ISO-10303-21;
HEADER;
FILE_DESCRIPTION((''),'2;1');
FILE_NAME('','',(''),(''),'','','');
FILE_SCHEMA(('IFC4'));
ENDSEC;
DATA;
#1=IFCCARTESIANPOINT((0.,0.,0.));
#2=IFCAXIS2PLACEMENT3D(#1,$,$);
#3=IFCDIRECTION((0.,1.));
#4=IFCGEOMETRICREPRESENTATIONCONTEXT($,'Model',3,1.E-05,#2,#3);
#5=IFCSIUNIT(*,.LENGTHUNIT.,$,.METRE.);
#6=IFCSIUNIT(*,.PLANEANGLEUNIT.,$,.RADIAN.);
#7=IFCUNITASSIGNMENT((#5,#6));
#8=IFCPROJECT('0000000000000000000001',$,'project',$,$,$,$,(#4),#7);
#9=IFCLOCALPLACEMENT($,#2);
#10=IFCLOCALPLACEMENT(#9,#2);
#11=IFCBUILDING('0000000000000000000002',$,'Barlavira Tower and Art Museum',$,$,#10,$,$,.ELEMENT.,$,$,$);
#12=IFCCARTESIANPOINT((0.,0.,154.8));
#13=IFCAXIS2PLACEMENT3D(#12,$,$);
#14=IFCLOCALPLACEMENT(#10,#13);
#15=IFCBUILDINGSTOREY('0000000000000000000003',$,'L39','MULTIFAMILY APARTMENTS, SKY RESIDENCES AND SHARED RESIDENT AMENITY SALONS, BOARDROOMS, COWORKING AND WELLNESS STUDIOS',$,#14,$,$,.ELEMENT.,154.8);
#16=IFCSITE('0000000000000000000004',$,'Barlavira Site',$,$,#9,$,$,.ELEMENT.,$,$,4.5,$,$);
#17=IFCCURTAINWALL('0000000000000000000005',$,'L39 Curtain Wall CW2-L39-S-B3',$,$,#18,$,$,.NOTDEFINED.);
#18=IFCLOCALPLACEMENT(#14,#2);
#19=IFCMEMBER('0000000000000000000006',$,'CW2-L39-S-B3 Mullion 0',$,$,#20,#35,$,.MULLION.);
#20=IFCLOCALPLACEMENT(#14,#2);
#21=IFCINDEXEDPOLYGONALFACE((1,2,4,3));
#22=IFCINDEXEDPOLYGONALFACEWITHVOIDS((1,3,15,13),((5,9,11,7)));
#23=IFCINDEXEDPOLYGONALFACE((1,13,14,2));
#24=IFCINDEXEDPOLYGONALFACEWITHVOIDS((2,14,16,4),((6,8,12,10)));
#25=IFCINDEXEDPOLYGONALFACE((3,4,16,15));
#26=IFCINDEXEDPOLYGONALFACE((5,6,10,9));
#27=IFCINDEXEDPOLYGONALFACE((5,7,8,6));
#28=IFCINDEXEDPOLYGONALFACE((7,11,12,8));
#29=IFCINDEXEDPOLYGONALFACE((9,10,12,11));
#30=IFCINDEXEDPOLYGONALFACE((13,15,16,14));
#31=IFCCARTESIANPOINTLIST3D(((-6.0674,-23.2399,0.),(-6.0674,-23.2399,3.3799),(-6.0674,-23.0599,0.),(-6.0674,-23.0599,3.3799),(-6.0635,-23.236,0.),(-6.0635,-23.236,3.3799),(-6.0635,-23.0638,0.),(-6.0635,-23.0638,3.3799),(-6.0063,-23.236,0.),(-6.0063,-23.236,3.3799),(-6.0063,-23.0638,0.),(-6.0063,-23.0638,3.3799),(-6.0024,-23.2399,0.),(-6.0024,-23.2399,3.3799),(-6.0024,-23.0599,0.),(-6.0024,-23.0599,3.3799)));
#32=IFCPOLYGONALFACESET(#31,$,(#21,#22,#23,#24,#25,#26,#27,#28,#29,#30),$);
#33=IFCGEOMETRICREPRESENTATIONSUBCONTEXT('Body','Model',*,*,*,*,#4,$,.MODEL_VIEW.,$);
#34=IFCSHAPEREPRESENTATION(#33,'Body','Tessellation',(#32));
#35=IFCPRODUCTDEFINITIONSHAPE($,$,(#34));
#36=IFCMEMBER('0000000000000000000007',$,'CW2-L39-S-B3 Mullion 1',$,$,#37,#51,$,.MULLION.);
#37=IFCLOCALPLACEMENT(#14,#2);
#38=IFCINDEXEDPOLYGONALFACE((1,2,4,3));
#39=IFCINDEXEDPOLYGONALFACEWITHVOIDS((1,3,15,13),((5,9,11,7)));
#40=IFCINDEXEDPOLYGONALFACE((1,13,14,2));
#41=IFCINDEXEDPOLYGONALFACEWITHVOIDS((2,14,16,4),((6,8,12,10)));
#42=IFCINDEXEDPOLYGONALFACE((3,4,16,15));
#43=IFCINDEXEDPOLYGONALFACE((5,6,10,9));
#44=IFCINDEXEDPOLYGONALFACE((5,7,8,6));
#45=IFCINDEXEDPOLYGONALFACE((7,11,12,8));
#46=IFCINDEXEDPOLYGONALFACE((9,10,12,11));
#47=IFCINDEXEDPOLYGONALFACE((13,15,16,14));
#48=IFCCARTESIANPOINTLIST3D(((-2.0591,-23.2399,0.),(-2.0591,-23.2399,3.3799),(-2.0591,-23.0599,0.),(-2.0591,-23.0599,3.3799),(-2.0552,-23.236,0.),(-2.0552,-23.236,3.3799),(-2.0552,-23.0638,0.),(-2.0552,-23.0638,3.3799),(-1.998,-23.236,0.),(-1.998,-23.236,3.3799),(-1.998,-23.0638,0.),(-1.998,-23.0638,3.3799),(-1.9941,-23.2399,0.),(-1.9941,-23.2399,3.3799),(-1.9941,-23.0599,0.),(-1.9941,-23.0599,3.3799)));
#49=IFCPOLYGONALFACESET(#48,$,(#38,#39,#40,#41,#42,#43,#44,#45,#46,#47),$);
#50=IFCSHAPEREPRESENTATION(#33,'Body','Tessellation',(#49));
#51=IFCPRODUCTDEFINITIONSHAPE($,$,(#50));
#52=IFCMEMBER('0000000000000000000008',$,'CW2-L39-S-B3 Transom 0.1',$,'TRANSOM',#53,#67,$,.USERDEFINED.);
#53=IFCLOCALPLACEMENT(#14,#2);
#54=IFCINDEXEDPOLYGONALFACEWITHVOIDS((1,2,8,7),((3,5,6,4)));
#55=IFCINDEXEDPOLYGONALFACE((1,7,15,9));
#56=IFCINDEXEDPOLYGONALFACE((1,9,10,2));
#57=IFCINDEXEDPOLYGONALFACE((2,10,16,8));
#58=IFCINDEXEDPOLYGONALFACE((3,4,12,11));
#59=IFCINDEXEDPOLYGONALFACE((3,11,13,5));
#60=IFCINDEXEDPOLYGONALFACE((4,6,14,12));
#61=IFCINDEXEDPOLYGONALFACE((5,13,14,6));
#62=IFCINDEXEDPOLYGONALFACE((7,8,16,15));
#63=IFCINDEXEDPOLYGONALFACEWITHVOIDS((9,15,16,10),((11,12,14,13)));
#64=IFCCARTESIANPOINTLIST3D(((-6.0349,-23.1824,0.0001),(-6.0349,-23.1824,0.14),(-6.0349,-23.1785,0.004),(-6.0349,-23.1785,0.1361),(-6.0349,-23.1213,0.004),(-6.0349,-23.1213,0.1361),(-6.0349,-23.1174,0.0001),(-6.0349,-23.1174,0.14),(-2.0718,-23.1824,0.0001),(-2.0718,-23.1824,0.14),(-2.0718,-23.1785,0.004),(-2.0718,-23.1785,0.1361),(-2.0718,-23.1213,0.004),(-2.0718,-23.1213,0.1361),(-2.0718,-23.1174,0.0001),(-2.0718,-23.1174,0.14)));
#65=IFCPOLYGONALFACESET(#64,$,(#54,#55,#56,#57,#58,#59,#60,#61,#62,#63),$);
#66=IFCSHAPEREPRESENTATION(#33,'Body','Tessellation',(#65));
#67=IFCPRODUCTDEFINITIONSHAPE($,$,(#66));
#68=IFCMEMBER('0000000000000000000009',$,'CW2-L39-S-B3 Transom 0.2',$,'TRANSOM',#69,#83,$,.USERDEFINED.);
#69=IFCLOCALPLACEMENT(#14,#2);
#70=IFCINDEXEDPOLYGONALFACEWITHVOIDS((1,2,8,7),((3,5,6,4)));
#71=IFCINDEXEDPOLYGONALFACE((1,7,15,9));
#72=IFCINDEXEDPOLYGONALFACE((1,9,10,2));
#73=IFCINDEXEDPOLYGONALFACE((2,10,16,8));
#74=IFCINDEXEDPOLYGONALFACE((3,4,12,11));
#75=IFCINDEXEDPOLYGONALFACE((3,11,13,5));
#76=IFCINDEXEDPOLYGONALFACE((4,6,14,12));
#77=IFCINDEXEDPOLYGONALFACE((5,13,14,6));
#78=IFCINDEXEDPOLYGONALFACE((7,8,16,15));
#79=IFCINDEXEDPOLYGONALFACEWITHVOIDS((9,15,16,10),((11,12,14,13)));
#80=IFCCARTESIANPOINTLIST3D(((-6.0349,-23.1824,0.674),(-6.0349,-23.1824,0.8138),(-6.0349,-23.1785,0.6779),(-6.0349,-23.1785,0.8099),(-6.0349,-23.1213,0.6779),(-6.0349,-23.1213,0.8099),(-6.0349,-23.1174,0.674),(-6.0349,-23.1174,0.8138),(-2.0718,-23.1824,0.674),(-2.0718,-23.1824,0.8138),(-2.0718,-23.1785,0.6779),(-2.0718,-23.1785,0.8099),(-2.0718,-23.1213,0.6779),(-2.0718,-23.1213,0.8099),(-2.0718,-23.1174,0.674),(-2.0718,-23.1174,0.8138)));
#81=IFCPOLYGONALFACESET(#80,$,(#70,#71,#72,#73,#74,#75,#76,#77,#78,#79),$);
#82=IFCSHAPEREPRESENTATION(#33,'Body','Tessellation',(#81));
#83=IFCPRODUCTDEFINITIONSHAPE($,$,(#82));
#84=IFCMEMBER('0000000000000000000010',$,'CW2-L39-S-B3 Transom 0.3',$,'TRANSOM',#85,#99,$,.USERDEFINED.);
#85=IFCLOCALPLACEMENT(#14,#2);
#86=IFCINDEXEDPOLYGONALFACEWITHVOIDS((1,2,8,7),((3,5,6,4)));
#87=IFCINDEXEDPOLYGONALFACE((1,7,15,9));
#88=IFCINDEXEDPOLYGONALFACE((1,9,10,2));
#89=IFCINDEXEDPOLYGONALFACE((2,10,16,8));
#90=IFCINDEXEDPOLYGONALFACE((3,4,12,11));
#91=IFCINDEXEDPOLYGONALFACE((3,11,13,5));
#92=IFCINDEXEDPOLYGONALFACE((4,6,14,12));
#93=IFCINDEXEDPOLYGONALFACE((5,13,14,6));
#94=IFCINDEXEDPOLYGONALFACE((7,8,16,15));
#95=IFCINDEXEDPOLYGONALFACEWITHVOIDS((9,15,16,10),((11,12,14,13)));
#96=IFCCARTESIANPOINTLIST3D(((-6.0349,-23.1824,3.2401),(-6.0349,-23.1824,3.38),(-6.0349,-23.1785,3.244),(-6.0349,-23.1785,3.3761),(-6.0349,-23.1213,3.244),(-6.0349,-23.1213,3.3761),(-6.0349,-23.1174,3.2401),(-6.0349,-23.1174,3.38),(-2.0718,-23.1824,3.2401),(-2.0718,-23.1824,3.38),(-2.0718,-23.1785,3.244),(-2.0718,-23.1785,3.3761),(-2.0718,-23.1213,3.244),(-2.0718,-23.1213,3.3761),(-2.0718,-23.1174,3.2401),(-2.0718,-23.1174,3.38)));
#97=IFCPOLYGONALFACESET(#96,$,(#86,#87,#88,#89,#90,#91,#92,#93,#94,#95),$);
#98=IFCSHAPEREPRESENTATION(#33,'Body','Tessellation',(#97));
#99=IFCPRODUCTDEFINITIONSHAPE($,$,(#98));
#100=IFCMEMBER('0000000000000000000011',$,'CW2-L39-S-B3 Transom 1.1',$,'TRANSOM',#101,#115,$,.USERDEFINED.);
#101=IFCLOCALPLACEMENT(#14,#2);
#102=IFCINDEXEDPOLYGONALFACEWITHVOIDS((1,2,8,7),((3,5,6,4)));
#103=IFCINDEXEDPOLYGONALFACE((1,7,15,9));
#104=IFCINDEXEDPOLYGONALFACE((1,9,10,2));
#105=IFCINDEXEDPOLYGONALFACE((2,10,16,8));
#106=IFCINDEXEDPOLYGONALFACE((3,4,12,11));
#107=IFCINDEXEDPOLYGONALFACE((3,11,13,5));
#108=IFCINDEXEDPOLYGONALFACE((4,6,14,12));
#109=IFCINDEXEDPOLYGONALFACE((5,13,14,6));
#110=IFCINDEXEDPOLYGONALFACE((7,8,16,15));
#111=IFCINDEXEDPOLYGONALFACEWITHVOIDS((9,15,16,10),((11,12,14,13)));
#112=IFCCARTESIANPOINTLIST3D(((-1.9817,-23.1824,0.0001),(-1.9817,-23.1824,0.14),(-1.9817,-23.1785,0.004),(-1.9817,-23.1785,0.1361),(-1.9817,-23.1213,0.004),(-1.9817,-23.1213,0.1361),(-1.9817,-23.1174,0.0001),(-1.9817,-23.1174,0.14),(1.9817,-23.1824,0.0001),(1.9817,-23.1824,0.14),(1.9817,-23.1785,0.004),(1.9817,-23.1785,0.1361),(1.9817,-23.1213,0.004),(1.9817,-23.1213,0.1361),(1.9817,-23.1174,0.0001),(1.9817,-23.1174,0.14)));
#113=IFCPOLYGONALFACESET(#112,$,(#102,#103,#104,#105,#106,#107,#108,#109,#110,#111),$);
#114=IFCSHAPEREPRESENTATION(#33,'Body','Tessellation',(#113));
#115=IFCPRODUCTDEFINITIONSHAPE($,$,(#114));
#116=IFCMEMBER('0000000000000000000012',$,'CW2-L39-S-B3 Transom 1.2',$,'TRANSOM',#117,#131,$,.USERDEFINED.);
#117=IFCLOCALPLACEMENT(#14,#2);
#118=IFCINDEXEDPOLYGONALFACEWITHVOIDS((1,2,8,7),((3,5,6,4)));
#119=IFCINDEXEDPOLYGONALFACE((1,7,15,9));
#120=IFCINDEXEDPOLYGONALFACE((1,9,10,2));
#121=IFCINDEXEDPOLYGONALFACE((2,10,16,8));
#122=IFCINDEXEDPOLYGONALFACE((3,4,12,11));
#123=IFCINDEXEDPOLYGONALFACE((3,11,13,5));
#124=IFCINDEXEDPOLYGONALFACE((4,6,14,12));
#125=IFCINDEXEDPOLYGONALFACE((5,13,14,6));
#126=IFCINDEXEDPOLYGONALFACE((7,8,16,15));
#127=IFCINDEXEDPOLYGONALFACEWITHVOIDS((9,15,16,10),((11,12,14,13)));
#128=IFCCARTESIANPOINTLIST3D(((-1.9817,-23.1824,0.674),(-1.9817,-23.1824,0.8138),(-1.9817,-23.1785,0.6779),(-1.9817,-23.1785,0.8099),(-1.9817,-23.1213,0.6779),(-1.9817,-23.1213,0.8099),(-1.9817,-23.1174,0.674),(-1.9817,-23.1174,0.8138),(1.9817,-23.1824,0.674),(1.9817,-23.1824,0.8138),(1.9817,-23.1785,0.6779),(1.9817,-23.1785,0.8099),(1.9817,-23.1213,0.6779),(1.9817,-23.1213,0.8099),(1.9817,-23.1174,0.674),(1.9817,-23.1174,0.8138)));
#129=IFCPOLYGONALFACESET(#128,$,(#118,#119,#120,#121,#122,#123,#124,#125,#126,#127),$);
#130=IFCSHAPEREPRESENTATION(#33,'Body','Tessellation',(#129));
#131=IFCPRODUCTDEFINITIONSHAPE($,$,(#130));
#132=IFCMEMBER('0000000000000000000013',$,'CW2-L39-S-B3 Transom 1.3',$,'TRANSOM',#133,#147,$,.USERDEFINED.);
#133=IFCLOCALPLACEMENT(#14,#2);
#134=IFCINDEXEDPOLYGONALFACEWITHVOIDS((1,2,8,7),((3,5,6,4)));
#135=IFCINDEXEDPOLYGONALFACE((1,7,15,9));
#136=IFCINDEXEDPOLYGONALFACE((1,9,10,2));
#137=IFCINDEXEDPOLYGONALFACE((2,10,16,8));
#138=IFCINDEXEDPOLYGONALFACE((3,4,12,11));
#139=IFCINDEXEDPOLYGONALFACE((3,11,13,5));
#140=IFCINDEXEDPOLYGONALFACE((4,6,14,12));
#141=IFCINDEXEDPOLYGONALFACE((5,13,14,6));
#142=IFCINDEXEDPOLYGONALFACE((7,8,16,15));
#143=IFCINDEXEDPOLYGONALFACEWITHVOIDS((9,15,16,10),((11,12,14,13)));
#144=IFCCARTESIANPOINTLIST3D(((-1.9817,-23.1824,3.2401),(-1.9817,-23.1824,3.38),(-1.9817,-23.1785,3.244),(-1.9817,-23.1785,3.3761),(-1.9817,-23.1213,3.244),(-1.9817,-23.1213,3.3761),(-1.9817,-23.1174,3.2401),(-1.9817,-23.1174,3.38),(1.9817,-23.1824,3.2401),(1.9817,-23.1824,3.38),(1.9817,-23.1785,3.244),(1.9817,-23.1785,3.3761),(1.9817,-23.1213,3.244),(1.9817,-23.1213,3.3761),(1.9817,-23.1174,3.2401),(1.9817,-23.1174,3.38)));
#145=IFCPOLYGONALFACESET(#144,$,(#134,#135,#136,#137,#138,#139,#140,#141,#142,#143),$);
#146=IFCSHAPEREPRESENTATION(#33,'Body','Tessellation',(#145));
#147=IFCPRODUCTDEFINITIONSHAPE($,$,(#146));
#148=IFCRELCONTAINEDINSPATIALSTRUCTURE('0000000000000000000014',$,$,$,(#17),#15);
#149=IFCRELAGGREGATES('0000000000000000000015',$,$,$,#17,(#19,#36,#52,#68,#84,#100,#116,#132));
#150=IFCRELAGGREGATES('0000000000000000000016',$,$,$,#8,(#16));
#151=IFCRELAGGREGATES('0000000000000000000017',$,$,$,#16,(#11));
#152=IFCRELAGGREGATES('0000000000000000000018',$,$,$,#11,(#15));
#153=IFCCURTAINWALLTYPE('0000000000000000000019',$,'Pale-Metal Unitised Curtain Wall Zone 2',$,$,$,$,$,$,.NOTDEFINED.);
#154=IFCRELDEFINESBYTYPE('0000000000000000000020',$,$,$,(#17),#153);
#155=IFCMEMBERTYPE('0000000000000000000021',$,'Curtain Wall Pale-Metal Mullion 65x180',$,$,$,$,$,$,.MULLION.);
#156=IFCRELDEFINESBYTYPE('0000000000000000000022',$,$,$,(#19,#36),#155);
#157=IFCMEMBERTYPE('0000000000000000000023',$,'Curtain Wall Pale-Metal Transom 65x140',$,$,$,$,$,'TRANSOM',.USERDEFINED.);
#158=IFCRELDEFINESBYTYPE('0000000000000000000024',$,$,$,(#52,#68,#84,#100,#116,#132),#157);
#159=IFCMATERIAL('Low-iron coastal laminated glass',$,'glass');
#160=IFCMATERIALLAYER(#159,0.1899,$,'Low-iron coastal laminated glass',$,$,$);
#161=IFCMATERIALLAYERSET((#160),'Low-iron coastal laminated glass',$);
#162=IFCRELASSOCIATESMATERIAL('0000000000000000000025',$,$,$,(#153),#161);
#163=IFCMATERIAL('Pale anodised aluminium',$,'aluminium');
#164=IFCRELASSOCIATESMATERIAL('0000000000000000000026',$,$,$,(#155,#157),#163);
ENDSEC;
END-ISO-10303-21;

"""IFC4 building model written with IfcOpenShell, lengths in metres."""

from ifc_helpers import new_model, si_unit, direction, frame, origin, origin_2d, place, context, subcontext, project, spatial, hollow_rectangle, extrude, material, layer, layer_set, material_profile, profile_set, type_object, element, aggregate, save


model = new_model("IFC4")

# Units and contexts
model_context = context("Model", 3, precision=1e-05, world=origin(), true_north=direction((0.0, 1.0)))
body_context = subcontext(model_context, "Body", "Model", "MODEL_VIEW")
ifc_project = project(units=[si_unit("LENGTHUNIT", "METRE"), si_unit("PLANEANGLEUNIT", "RADIAN")], contexts=[model_context])

# Site, building, storey
site_placement = place(None, origin())
site = spatial("IfcSite", under=ifc_project, at=site_placement, Name="Barlavira Site", CompositionType="ELEMENT", RefElevation=4.5)
building_placement = place(site_placement, origin())
building = spatial("IfcBuilding", under=site, at=building_placement, Name="Barlavira Tower and Art Museum", CompositionType="ELEMENT")
storey_placement = place(building_placement, frame((0.0, 0.0, 154.8)))
storey = spatial("IfcBuildingStorey", under=building, at=storey_placement, Name="L39", Description="MULTIFAMILY APARTMENTS, SKY RESIDENCES AND SHARED RESIDENT AMENITY SALONS, BOARDROOMS, COWORKING AND WELLNESS STUDIOS", CompositionType="ELEMENT", Elevation=154.8)

# Curtain wall, members
ifc_material_1 = material(Name="Low-iron coastal laminated glass", Category="glass")
ifc_layer_1 = layer(ifc_material_1, 0.1899, Name="Low-iron coastal laminated glass")
ifc_layer_set_1 = layer_set([ifc_layer_1], Name="Low-iron coastal laminated glass")
curtain_wall_type = type_object("IfcCurtainWallType", Name="Pale-Metal Unitised Curtain Wall Zone 2", PredefinedType="NOTDEFINED", material=ifc_layer_set_1)
curtain_wall_placement = place(storey_placement, origin())
curtain_wall = element("IfcCurtainWall", 1, at=curtain_wall_placement, inside=storey, type_object=curtain_wall_type, Name="L39 Curtain Wall CW2-L39-S-B3", PredefinedType="NOTDEFINED")
ifc_material_2 = material(Name="Pale anodised aluminium", Category="aluminium")
ifc_material_profile_1 = material_profile(ifc_material_2, hollow_rectangle(XDim=0.0649, YDim=0.1799, WallThickness=0.0039, at=origin_2d()), Name="ALU-MULL 65x180x4")
ifc_profile_set_1 = profile_set([ifc_material_profile_1], Name="Pale anodised aluminium")
member_type_1 = type_object("IfcMemberType", Name="Curtain Wall Pale-Metal Mullion 65x180", PredefinedType="MULLION", material=ifc_profile_set_1)
member_1_placement = place(storey_placement, frame((-6.0349, -23.1499, 0.0), z_axis=(0.0, 0.0, 1.0), x_axis=(1.0, 0.0, 0.0)))
member_1 = element("IfcMember", 2, at=member_1_placement, type_object=member_type_1, Name="CW2-L39-S-B3 Mullion 0", PredefinedType="MULLION", context=body_context, shape_type="SweptSolid", body=[
    extrude(hollow_rectangle(XDim=0.0649, YDim=0.1799, WallThickness=0.0039, at=origin_2d()), origin(), (0.0, 0.0, 1.0), 3.3799),
])
member_2_placement = place(storey_placement, frame((-2.0266, -23.1499, 0.0), z_axis=(0.0, 0.0, 1.0), x_axis=(1.0, 0.0, 0.0)))
member_2 = element("IfcMember", 3, at=member_2_placement, type_object=member_type_1, Name="CW2-L39-S-B3 Mullion 1", PredefinedType="MULLION", context=body_context, shape_type="SweptSolid", body=[
    extrude(hollow_rectangle(XDim=0.0649, YDim=0.1799, WallThickness=0.0039, at=origin_2d()), origin(), (0.0, 0.0, 1.0), 3.3799),
])
ifc_material_profile_2 = material_profile(ifc_material_2, hollow_rectangle(XDim=0.0649, YDim=0.1399, WallThickness=0.0039, at=origin_2d()), Name="ALU-TRAN 65x140x4")
ifc_profile_set_2 = profile_set([ifc_material_profile_2], Name="Pale anodised aluminium")
member_type_2 = type_object("IfcMemberType", Name="Curtain Wall Pale-Metal Transom 65x140", ElementType="TRANSOM", PredefinedType="USERDEFINED", material=ifc_profile_set_2)
member_3_placement = place(storey_placement, frame((-6.0349, -23.1499, 0.0701), z_axis=(1.0, 0.0, 0.0), x_axis=(0.0, 1.0, 0.0)))
member_3 = element("IfcMember", 4, at=member_3_placement, type_object=member_type_2, Name="CW2-L39-S-B3 Transom 0.1", ObjectType="TRANSOM", PredefinedType="USERDEFINED", context=body_context, shape_type="SweptSolid", body=[
    extrude(hollow_rectangle(XDim=0.0649, YDim=0.1399, WallThickness=0.0039, at=origin_2d()), origin(), (0.0, 0.0, 1.0), 3.9631),
])
member_4_placement = place(storey_placement, frame((-6.0349, -23.1499, 0.7439), z_axis=(1.0, 0.0, 0.0), x_axis=(0.0, 1.0, 0.0)))
member_4 = element("IfcMember", 5, at=member_4_placement, type_object=member_type_2, Name="CW2-L39-S-B3 Transom 0.2", ObjectType="TRANSOM", PredefinedType="USERDEFINED", context=body_context, shape_type="SweptSolid", body=[
    extrude(hollow_rectangle(XDim=0.0649, YDim=0.1399, WallThickness=0.0039, at=origin_2d()), origin(), (0.0, 0.0, 1.0), 3.9631),
])
member_5_placement = place(storey_placement, frame((-6.0349, -23.1499, 3.3101), z_axis=(1.0, 0.0, 0.0), x_axis=(0.0, 1.0, 0.0)))
member_5 = element("IfcMember", 6, at=member_5_placement, type_object=member_type_2, Name="CW2-L39-S-B3 Transom 0.3", ObjectType="TRANSOM", PredefinedType="USERDEFINED", context=body_context, shape_type="SweptSolid", body=[
    extrude(hollow_rectangle(XDim=0.0649, YDim=0.1399, WallThickness=0.0039, at=origin_2d()), origin(), (0.0, 0.0, 1.0), 3.9631),
])
member_6_placement = place(storey_placement, frame((-1.9817, -23.1499, 0.0701), z_axis=(1.0, 0.0, 0.0), x_axis=(0.0, 1.0, 0.0)))
member_6 = element("IfcMember", 7, at=member_6_placement, type_object=member_type_2, Name="CW2-L39-S-B3 Transom 1.1", ObjectType="TRANSOM", PredefinedType="USERDEFINED", context=body_context, shape_type="SweptSolid", body=[
    extrude(hollow_rectangle(XDim=0.0649, YDim=0.1399, WallThickness=0.0039, at=origin_2d()), origin(), (0.0, 0.0, 1.0), 3.9634),
])
member_7_placement = place(storey_placement, frame((-1.9817, -23.1499, 0.7439), z_axis=(1.0, 0.0, 0.0), x_axis=(0.0, 1.0, 0.0)))
member_7 = element("IfcMember", 8, at=member_7_placement, type_object=member_type_2, Name="CW2-L39-S-B3 Transom 1.2", ObjectType="TRANSOM", PredefinedType="USERDEFINED", context=body_context, shape_type="SweptSolid", body=[
    extrude(hollow_rectangle(XDim=0.0649, YDim=0.1399, WallThickness=0.0039, at=origin_2d()), origin(), (0.0, 0.0, 1.0), 3.9634),
])
member_8_placement = place(storey_placement, frame((-1.9817, -23.1499, 3.3101), z_axis=(1.0, 0.0, 0.0), x_axis=(0.0, 1.0, 0.0)))
member_8 = element("IfcMember", 9, at=member_8_placement, type_object=member_type_2, Name="CW2-L39-S-B3 Transom 1.3", ObjectType="TRANSOM", PredefinedType="USERDEFINED", context=body_context, shape_type="SweptSolid", body=[
    extrude(hollow_rectangle(XDim=0.0649, YDim=0.1399, WallThickness=0.0039, at=origin_2d()), origin(), (0.0, 0.0, 1.0), 3.9634),
])

aggregate(curtain_wall, [member_1, member_2, member_3, member_4, member_5, member_6, member_7, member_8])

save(model, "model.ifc")
